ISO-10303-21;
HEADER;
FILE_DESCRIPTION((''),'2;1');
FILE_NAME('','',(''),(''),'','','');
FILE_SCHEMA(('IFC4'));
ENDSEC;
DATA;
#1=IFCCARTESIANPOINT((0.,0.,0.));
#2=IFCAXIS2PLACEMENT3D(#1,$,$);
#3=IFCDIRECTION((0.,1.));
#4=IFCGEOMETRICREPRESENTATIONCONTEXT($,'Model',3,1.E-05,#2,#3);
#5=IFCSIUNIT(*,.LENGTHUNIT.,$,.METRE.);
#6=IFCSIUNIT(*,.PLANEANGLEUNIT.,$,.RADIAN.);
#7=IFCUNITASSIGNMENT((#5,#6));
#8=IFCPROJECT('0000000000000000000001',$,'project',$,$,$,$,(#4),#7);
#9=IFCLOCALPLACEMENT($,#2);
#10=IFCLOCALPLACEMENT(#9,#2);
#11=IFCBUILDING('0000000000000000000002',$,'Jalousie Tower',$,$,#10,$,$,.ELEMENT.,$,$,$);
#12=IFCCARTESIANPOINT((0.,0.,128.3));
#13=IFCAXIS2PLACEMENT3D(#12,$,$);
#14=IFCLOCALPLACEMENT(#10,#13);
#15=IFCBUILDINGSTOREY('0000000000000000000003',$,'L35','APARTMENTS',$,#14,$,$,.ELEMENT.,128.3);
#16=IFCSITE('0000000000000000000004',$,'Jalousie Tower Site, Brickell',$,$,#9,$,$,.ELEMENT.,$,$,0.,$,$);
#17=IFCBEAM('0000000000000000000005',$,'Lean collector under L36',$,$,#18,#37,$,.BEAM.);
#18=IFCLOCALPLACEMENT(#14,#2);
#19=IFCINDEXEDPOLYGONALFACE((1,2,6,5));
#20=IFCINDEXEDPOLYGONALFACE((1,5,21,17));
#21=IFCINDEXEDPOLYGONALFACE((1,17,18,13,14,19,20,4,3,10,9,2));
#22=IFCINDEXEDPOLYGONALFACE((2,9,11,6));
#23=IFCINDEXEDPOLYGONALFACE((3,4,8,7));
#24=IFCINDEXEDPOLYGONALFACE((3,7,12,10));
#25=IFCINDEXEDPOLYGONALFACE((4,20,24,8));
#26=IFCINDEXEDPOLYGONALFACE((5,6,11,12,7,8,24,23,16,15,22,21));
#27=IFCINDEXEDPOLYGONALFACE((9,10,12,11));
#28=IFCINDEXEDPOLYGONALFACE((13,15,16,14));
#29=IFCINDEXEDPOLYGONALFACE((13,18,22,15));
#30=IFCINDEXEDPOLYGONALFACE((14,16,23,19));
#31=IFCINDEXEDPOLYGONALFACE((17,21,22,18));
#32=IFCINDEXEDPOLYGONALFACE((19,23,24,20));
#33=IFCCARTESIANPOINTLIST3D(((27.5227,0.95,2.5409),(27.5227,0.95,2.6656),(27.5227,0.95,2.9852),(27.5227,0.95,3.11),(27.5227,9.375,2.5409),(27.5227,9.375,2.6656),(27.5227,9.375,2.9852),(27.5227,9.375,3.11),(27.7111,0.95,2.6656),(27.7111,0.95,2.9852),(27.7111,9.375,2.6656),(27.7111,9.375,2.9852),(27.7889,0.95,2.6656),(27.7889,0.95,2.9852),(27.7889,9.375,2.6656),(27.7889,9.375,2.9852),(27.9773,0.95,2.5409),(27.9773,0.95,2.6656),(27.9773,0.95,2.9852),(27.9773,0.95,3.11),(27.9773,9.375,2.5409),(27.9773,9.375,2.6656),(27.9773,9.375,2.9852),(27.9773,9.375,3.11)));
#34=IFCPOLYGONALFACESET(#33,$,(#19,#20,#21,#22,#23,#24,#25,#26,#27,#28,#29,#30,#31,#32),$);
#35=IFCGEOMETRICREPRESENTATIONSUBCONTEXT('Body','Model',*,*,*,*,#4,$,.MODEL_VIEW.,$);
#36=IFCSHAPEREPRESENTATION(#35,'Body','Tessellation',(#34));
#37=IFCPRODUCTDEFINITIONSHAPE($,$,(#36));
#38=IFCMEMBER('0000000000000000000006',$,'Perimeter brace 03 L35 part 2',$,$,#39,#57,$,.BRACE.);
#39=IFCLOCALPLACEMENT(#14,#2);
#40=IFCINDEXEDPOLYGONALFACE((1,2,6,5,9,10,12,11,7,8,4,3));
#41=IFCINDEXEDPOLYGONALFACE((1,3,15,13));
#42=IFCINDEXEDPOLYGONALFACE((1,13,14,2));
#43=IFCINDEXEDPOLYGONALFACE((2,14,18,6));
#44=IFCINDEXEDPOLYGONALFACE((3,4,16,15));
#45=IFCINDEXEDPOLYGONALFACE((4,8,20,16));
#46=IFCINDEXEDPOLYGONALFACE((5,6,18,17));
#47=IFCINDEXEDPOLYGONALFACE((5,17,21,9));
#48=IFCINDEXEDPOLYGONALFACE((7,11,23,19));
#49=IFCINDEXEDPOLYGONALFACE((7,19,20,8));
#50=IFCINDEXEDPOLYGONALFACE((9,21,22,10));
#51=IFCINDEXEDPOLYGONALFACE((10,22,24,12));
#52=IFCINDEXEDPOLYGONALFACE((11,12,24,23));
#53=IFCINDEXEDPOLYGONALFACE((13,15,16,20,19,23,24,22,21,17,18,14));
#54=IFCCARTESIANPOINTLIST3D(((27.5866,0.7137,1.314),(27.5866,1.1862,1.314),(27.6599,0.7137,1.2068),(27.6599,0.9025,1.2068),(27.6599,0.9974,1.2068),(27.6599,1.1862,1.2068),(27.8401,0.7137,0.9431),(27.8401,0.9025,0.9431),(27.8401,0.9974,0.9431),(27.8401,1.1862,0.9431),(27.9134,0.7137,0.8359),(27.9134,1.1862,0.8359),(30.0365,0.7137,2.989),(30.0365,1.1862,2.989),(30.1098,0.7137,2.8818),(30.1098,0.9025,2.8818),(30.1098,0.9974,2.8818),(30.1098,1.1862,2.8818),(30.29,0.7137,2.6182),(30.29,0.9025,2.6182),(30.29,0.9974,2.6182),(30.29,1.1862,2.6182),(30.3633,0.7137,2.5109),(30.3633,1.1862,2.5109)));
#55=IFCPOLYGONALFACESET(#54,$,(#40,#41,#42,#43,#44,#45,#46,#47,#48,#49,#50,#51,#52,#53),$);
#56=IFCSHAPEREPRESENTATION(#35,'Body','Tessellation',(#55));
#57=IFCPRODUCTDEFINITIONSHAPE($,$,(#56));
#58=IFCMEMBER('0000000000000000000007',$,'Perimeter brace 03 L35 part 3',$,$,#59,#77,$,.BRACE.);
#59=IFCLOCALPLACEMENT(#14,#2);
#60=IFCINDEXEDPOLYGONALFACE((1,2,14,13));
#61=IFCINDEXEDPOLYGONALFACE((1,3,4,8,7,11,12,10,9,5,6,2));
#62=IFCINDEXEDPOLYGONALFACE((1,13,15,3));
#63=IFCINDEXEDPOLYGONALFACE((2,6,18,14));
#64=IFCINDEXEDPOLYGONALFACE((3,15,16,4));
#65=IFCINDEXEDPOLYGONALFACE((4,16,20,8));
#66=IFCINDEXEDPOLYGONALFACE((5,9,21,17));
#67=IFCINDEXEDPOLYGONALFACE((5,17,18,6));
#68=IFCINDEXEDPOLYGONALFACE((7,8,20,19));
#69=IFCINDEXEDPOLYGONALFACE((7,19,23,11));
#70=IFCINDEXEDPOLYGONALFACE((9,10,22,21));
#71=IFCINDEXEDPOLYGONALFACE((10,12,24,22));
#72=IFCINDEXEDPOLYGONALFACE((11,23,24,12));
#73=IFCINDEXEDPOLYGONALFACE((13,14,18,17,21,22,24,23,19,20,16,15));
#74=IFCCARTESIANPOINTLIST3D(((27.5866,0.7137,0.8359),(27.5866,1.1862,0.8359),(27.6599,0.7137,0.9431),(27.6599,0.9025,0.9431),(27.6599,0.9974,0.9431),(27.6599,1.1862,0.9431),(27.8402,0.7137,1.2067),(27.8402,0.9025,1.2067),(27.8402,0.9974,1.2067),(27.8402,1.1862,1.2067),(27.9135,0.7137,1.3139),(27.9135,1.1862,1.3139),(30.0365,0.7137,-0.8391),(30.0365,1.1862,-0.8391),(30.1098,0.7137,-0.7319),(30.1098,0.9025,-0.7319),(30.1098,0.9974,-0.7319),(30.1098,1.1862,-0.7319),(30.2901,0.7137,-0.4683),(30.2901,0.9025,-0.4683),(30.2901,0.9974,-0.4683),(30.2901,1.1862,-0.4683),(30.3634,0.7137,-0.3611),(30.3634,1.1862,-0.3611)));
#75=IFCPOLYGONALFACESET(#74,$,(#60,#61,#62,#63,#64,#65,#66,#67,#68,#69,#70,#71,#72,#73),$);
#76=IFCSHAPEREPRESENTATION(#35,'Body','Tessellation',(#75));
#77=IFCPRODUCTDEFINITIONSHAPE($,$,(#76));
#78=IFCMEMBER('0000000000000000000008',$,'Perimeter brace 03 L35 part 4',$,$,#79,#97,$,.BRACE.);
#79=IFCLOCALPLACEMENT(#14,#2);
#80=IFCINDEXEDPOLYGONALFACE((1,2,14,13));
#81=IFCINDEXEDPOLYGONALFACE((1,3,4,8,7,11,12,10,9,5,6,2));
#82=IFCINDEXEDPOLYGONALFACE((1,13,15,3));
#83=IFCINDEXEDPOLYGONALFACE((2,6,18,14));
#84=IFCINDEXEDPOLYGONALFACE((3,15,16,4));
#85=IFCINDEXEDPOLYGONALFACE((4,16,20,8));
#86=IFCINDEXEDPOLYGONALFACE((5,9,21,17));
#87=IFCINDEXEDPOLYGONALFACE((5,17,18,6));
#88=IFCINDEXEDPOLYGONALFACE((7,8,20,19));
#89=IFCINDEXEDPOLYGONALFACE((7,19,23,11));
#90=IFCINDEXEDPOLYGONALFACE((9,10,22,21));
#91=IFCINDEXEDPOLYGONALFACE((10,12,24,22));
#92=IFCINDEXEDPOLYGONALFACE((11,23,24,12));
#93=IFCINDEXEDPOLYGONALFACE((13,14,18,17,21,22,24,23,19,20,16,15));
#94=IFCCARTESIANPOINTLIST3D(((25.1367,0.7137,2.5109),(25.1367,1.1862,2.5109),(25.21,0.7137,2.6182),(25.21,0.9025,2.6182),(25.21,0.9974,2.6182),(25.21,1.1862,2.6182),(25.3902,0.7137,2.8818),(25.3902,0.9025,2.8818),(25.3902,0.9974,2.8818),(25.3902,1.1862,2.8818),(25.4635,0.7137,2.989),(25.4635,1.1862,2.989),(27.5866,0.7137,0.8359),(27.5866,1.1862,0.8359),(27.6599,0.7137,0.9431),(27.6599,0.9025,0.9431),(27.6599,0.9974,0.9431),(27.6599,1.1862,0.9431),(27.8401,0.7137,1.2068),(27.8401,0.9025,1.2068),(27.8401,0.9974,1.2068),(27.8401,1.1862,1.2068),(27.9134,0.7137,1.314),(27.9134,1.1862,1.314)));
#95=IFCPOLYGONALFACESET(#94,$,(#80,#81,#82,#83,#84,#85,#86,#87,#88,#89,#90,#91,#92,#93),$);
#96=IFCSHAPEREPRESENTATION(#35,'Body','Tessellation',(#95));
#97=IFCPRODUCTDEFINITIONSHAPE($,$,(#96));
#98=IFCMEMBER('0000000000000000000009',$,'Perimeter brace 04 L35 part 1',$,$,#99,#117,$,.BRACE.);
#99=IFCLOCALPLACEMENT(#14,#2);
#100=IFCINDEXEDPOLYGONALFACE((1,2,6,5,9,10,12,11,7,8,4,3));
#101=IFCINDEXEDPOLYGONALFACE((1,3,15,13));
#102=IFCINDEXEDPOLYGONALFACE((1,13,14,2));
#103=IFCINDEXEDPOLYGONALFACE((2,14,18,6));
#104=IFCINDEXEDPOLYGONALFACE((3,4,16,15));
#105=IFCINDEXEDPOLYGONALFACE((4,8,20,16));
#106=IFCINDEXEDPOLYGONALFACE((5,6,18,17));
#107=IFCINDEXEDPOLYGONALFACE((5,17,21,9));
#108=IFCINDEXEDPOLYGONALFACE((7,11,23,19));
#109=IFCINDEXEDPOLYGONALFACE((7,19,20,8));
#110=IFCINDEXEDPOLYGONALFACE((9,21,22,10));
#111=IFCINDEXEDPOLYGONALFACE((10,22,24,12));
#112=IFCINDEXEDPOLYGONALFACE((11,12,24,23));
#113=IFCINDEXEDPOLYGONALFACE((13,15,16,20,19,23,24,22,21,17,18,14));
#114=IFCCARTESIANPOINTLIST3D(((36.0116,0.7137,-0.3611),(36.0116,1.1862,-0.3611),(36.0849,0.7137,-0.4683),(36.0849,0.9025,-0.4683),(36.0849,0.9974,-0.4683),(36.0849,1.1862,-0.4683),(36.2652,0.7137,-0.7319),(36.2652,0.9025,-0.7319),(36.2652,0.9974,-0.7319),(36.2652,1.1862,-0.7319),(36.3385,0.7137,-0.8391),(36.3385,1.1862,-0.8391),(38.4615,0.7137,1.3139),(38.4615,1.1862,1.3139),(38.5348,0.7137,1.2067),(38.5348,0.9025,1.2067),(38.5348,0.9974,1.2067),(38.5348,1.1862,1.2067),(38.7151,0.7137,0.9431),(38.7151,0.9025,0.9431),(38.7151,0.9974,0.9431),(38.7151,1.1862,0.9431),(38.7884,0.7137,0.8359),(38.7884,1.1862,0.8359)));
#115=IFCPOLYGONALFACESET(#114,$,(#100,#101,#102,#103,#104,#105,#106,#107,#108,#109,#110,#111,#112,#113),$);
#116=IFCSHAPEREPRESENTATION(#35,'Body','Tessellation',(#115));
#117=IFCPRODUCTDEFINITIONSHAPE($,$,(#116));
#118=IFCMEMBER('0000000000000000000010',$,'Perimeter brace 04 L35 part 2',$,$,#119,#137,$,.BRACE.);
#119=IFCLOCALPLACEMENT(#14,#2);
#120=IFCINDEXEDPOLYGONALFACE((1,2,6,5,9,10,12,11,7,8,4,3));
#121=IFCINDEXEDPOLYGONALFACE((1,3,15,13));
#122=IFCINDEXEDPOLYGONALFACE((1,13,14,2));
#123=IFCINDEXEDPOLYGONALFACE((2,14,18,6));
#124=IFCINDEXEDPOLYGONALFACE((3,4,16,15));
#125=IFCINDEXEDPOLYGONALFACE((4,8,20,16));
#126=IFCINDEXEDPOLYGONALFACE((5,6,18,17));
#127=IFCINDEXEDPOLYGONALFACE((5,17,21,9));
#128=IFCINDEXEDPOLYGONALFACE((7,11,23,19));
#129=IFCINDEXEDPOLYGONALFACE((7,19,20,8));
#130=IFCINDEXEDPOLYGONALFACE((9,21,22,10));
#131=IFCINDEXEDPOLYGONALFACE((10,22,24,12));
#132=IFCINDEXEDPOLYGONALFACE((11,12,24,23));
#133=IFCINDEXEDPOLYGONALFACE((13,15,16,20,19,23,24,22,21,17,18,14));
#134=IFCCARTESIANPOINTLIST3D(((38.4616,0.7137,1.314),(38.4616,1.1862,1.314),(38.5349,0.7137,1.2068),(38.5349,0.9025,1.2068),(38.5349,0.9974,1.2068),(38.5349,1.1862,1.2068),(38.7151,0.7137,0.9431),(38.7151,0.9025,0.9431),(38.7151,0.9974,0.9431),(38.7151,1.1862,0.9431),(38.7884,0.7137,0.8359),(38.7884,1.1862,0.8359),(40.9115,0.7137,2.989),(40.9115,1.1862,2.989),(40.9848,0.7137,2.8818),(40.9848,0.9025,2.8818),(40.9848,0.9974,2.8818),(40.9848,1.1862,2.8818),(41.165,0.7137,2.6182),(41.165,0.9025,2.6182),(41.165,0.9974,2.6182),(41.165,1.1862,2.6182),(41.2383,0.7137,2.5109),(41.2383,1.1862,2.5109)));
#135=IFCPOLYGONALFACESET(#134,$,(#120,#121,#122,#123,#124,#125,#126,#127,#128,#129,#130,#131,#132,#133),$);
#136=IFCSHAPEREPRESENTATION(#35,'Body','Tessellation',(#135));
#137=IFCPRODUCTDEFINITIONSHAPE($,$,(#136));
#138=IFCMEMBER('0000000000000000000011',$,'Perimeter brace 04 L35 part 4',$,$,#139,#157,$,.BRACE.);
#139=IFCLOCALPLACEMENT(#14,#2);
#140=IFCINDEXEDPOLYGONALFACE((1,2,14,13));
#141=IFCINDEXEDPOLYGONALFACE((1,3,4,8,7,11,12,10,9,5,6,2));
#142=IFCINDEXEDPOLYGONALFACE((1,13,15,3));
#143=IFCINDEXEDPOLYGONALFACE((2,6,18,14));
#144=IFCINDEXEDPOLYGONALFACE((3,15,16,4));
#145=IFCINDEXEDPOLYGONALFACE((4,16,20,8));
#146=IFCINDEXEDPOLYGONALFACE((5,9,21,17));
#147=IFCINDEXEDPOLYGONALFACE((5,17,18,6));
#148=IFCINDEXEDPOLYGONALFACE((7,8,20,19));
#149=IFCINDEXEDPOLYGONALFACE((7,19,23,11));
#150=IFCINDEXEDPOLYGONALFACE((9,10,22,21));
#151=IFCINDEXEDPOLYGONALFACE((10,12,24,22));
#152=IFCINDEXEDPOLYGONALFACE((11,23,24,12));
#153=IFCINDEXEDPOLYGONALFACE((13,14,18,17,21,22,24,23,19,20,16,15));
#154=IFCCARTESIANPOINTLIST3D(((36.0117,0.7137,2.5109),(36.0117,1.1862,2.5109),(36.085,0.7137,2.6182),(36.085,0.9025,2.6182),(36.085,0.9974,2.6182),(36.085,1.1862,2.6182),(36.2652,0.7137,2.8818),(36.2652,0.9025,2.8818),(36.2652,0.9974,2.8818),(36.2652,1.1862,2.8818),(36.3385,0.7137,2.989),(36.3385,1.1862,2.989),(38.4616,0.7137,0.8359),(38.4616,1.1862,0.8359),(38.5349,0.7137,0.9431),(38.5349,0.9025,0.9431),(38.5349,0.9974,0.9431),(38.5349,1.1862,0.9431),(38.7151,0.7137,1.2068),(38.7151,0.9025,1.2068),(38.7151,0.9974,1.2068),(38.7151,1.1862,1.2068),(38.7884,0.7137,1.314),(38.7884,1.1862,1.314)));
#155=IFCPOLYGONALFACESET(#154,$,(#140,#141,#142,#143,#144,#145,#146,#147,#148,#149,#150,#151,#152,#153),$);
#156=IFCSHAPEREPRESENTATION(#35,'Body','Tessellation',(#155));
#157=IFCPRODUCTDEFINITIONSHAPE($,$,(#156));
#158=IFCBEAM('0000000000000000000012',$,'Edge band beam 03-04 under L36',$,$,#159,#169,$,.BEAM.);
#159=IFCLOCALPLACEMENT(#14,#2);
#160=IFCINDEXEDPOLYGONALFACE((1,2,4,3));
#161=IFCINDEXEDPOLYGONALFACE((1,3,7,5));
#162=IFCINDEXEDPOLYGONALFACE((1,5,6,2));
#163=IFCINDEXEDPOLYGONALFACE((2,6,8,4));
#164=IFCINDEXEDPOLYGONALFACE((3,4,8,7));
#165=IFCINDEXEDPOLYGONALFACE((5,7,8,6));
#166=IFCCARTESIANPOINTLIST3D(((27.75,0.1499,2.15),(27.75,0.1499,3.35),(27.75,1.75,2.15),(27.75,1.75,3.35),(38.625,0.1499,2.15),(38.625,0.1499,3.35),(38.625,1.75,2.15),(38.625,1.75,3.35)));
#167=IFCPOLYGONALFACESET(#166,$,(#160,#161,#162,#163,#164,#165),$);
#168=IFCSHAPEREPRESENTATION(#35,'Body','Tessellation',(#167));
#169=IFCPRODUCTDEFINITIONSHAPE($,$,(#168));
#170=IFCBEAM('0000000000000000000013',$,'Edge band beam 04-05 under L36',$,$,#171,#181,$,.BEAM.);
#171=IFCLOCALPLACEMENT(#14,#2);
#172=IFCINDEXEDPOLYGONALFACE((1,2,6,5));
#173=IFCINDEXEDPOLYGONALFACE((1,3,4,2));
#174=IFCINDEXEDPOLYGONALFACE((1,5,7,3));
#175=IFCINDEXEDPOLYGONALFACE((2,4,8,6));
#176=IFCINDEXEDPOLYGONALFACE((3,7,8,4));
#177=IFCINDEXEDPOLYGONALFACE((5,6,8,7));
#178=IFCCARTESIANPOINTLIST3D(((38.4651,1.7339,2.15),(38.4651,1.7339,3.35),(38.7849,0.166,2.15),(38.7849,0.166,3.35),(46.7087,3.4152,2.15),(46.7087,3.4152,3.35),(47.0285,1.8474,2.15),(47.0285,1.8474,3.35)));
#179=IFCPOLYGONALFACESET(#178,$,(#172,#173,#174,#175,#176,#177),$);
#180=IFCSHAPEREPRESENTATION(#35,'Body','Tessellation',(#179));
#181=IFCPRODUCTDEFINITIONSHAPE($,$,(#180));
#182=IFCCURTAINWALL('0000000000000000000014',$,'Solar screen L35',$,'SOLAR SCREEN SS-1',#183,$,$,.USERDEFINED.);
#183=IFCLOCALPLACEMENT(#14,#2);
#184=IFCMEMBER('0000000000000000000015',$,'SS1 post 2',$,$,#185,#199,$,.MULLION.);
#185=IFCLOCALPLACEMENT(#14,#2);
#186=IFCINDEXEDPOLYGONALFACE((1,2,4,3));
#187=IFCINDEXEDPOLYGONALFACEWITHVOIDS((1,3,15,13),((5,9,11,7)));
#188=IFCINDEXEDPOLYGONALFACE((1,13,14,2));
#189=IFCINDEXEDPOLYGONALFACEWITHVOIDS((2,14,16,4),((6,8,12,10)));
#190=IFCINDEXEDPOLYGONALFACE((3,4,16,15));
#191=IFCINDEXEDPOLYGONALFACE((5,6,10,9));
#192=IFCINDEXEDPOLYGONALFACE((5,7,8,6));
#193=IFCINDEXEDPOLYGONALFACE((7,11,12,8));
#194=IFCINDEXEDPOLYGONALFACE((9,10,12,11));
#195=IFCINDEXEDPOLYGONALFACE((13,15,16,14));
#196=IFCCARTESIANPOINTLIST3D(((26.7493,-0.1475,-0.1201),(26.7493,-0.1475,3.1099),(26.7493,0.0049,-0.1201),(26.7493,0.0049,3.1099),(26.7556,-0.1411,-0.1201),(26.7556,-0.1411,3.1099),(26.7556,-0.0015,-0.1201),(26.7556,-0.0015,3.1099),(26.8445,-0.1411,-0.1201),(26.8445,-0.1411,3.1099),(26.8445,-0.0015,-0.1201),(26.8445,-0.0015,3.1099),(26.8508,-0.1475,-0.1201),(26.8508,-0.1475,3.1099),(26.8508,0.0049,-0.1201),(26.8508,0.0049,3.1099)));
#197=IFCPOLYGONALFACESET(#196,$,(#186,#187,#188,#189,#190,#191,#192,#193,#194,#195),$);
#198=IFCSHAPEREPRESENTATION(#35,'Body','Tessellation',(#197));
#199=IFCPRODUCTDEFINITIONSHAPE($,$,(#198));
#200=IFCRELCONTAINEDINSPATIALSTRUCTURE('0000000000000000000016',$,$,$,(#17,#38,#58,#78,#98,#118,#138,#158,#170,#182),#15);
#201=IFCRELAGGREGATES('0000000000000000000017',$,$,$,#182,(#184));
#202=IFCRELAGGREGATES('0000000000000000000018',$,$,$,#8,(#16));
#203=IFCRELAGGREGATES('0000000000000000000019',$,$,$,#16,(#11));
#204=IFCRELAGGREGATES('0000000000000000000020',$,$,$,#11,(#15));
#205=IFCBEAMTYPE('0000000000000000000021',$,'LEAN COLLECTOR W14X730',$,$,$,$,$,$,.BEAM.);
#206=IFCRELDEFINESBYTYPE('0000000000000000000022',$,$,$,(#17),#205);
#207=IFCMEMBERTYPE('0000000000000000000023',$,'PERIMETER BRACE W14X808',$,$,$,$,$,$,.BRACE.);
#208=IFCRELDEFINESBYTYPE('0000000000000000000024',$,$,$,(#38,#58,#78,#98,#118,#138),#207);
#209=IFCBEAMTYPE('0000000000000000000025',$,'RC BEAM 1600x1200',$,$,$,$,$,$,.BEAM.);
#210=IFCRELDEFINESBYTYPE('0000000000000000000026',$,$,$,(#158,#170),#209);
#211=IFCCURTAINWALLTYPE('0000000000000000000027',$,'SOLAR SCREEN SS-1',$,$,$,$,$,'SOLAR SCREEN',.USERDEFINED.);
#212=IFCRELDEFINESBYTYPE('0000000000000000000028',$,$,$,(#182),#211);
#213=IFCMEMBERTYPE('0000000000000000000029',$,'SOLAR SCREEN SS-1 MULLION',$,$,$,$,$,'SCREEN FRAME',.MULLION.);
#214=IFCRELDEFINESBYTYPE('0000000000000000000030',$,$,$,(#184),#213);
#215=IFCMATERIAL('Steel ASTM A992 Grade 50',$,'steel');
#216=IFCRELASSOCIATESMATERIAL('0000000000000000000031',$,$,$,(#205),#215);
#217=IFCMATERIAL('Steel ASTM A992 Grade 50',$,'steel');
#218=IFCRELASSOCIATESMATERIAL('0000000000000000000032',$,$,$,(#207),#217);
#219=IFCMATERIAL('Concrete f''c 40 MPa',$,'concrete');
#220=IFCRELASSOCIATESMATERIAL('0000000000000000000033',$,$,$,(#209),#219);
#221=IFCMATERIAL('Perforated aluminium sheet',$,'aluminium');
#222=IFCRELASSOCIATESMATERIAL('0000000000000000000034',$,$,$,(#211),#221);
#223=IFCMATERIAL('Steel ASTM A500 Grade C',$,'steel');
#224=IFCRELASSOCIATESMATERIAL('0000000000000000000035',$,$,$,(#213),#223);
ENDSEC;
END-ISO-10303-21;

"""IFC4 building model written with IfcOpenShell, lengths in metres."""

from ifc_helpers import new_model, si_unit, direction, frame, origin, origin_2d, place, context, subcontext, project, spatial, rectangle, hollow_rectangle, i_section, extrude, material, material_profile, profile_set, type_object, element, aggregate, save


model = new_model("IFC4")

# Units and contexts
model_context = context("Model", 3, precision=1e-05, world=origin(), true_north=direction((0.0, 1.0)))
body_context = subcontext(model_context, "Body", "Model", "MODEL_VIEW")
ifc_project = project(units=[si_unit("LENGTHUNIT", "METRE"), si_unit("PLANEANGLEUNIT", "RADIAN")], contexts=[model_context])

# Site, building, storey
site_placement = place(None, origin())
site = spatial("IfcSite", under=ifc_project, at=site_placement, Name="Jalousie Tower Site, Brickell", CompositionType="ELEMENT", RefElevation=0.0)
building_placement = place(site_placement, origin())
building = spatial("IfcBuilding", under=site, at=building_placement, Name="Jalousie Tower", CompositionType="ELEMENT")
storey_placement = place(building_placement, frame((0.0, 0.0, 128.3)))
storey = spatial("IfcBuildingStorey", under=building, at=storey_placement, Name="L35", Description="APARTMENTS", CompositionType="ELEMENT", Elevation=128.3)

# Beam
ifc_material_1 = material(Name="Steel ASTM A992 Grade 50", Category="steel")
ifc_material_profile_1 = material_profile(ifc_material_1, i_section(OverallWidth=0.4546, OverallDepth=0.5691, WebThickness=0.0779, FlangeThickness=0.1248, at=origin_2d()), Name="W14X730")
ifc_profile_set_1 = profile_set([ifc_material_profile_1], Name="Steel ASTM A992 Grade 50")
beam_type_1 = type_object("IfcBeamType", Name="LEAN COLLECTOR W14X730", PredefinedType="BEAM", material=ifc_profile_set_1)
beam_1_placement = place(storey_placement, frame((27.75, 0.95, 2.8254), z_axis=(0.0, 1.0, 0.0), x_axis=(-1.0, 0.0, 0.0)))
element("IfcBeam", 1, at=beam_1_placement, inside=storey, type_object=beam_type_1, Name="Lean collector under L36", PredefinedType="BEAM", context=body_context, shape_type="SweptSolid", body=[
    extrude(i_section(OverallWidth=0.4546, OverallDepth=0.5691, WebThickness=0.0779, FlangeThickness=0.1248, at=origin_2d()), origin(), (0.0, 0.0, 1.0), 8.425),
])

# Members
ifc_material_2 = material(Name="Steel ASTM A992 Grade 50", Category="steel")
ifc_material_profile_2 = material_profile(ifc_material_2, i_section(OverallWidth=0.4724, OverallDepth=0.5791, WebThickness=0.095, FlangeThickness=0.1299, at=origin_2d()), Name="W14X808")
ifc_profile_set_2 = profile_set([ifc_material_profile_2], Name="Steel ASTM A992 Grade 50")
member_type_1 = type_object("IfcMemberType", Name="PERIMETER BRACE W14X808", PredefinedType="BRACE", material=ifc_profile_set_2)
for number, where, z_axis, x_axis, name in (
    (2, (27.75, 0.95, 1.075), (0.825501, 0.0, 0.564401), (0.0, 1.0, 0.0), "Perimeter brace 03 L35 part 2"),
    (3, (30.2, 0.95, -0.6001), (-0.825501, 0.0, 0.564401), (0.0, -1.0, 0.0), "Perimeter brace 03 L35 part 3"),
    (4, (27.75, 0.95, 1.075), (-0.825501, 0.0, 0.564401), (0.0, -1.0, 0.0), "Perimeter brace 03 L35 part 4"),
    (5, (36.175, 0.95, -0.6001), (0.825501, 0.0, 0.564401), (0.0, 1.0, 0.0), "Perimeter brace 04 L35 part 1"),
    (6, (38.625, 0.95, 1.075), (0.825501, 0.0, 0.564401), (0.0, 1.0, 0.0), "Perimeter brace 04 L35 part 2"),
    (7, (38.625, 0.95, 1.075), (-0.825501, 0.0, 0.564401), (0.0, -1.0, 0.0), "Perimeter brace 04 L35 part 4"),
):
    element("IfcMember", number, at=place(storey_placement, frame(where, z_axis=z_axis, x_axis=x_axis)), inside=storey, type_object=member_type_1, Name=name, PredefinedType="BRACE", context=body_context, shape_type="SweptSolid", body=[
        extrude(i_section(OverallWidth=0.4724, OverallDepth=0.5791, WebThickness=0.095, FlangeThickness=0.1299, at=origin_2d()), origin(), (0.0, 0.0, 1.0), 2.9678),
    ])

# Beams
ifc_material_3 = material(Name="Concrete f'c 40 MPa", Category="concrete")
ifc_material_profile_3 = material_profile(ifc_material_3, rectangle(XDim=1.6001, YDim=1.2, at=origin_2d()), Name="RC 1600x1200")
ifc_profile_set_3 = profile_set([ifc_material_profile_3], Name="Concrete f'c 40 MPa")
beam_type_2 = type_object("IfcBeamType", Name="RC BEAM 1600x1200", PredefinedType="BEAM", material=ifc_profile_set_3)
beam_2_placement = place(storey_placement, frame((27.75, 0.95, 2.75), z_axis=(1.0, 0.0, 0.0), x_axis=(0.0, 1.0, 0.0)))
element("IfcBeam", 8, at=beam_2_placement, inside=storey, type_object=beam_type_2, Name="Edge band beam 03-04 under L36", PredefinedType="BEAM", context=body_context, shape_type="SweptSolid", body=[
    extrude(rectangle(XDim=1.6001, YDim=1.2, at=origin_2d()), origin(), (0.0, 0.0, 1.0), 10.875),
])
beam_3_placement = place(storey_placement, frame((38.625, 0.95, 2.75), z_axis=(0.979827, 0.199848, 0.0), x_axis=(-0.199848, 0.979827, 0.0)))
element("IfcBeam", 9, at=beam_3_placement, inside=storey, type_object=beam_type_2, Name="Edge band beam 04-05 under L36", PredefinedType="BEAM", context=body_context, shape_type="SweptSolid", body=[
    extrude(rectangle(XDim=1.6001, YDim=1.2, at=origin_2d()), origin(), (0.0, 0.0, 1.0), 8.4133),
])

# Curtain wall, member
ifc_material_4 = material(Name="Perforated aluminium sheet", Category="aluminium")
curtain_wall_type = type_object("IfcCurtainWallType", Name="SOLAR SCREEN SS-1", ElementType="SOLAR SCREEN", PredefinedType="USERDEFINED", material=ifc_material_4)
curtain_wall_1_placement = place(storey_placement, origin())
curtain_wall_1 = element("IfcCurtainWall", 10, at=curtain_wall_1_placement, inside=storey, type_object=curtain_wall_type, Name="Solar screen L35", ObjectType="SOLAR SCREEN SS-1", PredefinedType="USERDEFINED")
ifc_material_5 = material(Name="Steel ASTM A500 Grade C", Category="steel")
ifc_material_profile_4 = material_profile(ifc_material_5, hollow_rectangle(XDim=0.1016, YDim=0.1523, WallThickness=0.0063, at=origin_2d()), Name="HSS6X4X1/4")
ifc_profile_set_4 = profile_set([ifc_material_profile_4], Name="Steel ASTM A500 Grade C")
member_type_2 = type_object("IfcMemberType", Name="SOLAR SCREEN SS-1 MULLION", ElementType="SCREEN FRAME", PredefinedType="MULLION", material=ifc_profile_set_4)
member_1_placement = place(storey_placement, frame((26.8, -0.0713, -0.1201), z_axis=(0.0, 0.0, 1.0), x_axis=(1.0, 0.0, 0.0)))
member_1 = element("IfcMember", 11, at=member_1_placement, type_object=member_type_2, Name="SS1 post 2", PredefinedType="MULLION", context=body_context, shape_type="SweptSolid", body=[
    extrude(hollow_rectangle(XDim=0.1016, YDim=0.1523, WallThickness=0.0063, at=origin_2d()), origin(), (0.0, 0.0, 1.0), 3.23),
])
aggregate(curtain_wall_1, [member_1])

save(model, "model.ifc")
